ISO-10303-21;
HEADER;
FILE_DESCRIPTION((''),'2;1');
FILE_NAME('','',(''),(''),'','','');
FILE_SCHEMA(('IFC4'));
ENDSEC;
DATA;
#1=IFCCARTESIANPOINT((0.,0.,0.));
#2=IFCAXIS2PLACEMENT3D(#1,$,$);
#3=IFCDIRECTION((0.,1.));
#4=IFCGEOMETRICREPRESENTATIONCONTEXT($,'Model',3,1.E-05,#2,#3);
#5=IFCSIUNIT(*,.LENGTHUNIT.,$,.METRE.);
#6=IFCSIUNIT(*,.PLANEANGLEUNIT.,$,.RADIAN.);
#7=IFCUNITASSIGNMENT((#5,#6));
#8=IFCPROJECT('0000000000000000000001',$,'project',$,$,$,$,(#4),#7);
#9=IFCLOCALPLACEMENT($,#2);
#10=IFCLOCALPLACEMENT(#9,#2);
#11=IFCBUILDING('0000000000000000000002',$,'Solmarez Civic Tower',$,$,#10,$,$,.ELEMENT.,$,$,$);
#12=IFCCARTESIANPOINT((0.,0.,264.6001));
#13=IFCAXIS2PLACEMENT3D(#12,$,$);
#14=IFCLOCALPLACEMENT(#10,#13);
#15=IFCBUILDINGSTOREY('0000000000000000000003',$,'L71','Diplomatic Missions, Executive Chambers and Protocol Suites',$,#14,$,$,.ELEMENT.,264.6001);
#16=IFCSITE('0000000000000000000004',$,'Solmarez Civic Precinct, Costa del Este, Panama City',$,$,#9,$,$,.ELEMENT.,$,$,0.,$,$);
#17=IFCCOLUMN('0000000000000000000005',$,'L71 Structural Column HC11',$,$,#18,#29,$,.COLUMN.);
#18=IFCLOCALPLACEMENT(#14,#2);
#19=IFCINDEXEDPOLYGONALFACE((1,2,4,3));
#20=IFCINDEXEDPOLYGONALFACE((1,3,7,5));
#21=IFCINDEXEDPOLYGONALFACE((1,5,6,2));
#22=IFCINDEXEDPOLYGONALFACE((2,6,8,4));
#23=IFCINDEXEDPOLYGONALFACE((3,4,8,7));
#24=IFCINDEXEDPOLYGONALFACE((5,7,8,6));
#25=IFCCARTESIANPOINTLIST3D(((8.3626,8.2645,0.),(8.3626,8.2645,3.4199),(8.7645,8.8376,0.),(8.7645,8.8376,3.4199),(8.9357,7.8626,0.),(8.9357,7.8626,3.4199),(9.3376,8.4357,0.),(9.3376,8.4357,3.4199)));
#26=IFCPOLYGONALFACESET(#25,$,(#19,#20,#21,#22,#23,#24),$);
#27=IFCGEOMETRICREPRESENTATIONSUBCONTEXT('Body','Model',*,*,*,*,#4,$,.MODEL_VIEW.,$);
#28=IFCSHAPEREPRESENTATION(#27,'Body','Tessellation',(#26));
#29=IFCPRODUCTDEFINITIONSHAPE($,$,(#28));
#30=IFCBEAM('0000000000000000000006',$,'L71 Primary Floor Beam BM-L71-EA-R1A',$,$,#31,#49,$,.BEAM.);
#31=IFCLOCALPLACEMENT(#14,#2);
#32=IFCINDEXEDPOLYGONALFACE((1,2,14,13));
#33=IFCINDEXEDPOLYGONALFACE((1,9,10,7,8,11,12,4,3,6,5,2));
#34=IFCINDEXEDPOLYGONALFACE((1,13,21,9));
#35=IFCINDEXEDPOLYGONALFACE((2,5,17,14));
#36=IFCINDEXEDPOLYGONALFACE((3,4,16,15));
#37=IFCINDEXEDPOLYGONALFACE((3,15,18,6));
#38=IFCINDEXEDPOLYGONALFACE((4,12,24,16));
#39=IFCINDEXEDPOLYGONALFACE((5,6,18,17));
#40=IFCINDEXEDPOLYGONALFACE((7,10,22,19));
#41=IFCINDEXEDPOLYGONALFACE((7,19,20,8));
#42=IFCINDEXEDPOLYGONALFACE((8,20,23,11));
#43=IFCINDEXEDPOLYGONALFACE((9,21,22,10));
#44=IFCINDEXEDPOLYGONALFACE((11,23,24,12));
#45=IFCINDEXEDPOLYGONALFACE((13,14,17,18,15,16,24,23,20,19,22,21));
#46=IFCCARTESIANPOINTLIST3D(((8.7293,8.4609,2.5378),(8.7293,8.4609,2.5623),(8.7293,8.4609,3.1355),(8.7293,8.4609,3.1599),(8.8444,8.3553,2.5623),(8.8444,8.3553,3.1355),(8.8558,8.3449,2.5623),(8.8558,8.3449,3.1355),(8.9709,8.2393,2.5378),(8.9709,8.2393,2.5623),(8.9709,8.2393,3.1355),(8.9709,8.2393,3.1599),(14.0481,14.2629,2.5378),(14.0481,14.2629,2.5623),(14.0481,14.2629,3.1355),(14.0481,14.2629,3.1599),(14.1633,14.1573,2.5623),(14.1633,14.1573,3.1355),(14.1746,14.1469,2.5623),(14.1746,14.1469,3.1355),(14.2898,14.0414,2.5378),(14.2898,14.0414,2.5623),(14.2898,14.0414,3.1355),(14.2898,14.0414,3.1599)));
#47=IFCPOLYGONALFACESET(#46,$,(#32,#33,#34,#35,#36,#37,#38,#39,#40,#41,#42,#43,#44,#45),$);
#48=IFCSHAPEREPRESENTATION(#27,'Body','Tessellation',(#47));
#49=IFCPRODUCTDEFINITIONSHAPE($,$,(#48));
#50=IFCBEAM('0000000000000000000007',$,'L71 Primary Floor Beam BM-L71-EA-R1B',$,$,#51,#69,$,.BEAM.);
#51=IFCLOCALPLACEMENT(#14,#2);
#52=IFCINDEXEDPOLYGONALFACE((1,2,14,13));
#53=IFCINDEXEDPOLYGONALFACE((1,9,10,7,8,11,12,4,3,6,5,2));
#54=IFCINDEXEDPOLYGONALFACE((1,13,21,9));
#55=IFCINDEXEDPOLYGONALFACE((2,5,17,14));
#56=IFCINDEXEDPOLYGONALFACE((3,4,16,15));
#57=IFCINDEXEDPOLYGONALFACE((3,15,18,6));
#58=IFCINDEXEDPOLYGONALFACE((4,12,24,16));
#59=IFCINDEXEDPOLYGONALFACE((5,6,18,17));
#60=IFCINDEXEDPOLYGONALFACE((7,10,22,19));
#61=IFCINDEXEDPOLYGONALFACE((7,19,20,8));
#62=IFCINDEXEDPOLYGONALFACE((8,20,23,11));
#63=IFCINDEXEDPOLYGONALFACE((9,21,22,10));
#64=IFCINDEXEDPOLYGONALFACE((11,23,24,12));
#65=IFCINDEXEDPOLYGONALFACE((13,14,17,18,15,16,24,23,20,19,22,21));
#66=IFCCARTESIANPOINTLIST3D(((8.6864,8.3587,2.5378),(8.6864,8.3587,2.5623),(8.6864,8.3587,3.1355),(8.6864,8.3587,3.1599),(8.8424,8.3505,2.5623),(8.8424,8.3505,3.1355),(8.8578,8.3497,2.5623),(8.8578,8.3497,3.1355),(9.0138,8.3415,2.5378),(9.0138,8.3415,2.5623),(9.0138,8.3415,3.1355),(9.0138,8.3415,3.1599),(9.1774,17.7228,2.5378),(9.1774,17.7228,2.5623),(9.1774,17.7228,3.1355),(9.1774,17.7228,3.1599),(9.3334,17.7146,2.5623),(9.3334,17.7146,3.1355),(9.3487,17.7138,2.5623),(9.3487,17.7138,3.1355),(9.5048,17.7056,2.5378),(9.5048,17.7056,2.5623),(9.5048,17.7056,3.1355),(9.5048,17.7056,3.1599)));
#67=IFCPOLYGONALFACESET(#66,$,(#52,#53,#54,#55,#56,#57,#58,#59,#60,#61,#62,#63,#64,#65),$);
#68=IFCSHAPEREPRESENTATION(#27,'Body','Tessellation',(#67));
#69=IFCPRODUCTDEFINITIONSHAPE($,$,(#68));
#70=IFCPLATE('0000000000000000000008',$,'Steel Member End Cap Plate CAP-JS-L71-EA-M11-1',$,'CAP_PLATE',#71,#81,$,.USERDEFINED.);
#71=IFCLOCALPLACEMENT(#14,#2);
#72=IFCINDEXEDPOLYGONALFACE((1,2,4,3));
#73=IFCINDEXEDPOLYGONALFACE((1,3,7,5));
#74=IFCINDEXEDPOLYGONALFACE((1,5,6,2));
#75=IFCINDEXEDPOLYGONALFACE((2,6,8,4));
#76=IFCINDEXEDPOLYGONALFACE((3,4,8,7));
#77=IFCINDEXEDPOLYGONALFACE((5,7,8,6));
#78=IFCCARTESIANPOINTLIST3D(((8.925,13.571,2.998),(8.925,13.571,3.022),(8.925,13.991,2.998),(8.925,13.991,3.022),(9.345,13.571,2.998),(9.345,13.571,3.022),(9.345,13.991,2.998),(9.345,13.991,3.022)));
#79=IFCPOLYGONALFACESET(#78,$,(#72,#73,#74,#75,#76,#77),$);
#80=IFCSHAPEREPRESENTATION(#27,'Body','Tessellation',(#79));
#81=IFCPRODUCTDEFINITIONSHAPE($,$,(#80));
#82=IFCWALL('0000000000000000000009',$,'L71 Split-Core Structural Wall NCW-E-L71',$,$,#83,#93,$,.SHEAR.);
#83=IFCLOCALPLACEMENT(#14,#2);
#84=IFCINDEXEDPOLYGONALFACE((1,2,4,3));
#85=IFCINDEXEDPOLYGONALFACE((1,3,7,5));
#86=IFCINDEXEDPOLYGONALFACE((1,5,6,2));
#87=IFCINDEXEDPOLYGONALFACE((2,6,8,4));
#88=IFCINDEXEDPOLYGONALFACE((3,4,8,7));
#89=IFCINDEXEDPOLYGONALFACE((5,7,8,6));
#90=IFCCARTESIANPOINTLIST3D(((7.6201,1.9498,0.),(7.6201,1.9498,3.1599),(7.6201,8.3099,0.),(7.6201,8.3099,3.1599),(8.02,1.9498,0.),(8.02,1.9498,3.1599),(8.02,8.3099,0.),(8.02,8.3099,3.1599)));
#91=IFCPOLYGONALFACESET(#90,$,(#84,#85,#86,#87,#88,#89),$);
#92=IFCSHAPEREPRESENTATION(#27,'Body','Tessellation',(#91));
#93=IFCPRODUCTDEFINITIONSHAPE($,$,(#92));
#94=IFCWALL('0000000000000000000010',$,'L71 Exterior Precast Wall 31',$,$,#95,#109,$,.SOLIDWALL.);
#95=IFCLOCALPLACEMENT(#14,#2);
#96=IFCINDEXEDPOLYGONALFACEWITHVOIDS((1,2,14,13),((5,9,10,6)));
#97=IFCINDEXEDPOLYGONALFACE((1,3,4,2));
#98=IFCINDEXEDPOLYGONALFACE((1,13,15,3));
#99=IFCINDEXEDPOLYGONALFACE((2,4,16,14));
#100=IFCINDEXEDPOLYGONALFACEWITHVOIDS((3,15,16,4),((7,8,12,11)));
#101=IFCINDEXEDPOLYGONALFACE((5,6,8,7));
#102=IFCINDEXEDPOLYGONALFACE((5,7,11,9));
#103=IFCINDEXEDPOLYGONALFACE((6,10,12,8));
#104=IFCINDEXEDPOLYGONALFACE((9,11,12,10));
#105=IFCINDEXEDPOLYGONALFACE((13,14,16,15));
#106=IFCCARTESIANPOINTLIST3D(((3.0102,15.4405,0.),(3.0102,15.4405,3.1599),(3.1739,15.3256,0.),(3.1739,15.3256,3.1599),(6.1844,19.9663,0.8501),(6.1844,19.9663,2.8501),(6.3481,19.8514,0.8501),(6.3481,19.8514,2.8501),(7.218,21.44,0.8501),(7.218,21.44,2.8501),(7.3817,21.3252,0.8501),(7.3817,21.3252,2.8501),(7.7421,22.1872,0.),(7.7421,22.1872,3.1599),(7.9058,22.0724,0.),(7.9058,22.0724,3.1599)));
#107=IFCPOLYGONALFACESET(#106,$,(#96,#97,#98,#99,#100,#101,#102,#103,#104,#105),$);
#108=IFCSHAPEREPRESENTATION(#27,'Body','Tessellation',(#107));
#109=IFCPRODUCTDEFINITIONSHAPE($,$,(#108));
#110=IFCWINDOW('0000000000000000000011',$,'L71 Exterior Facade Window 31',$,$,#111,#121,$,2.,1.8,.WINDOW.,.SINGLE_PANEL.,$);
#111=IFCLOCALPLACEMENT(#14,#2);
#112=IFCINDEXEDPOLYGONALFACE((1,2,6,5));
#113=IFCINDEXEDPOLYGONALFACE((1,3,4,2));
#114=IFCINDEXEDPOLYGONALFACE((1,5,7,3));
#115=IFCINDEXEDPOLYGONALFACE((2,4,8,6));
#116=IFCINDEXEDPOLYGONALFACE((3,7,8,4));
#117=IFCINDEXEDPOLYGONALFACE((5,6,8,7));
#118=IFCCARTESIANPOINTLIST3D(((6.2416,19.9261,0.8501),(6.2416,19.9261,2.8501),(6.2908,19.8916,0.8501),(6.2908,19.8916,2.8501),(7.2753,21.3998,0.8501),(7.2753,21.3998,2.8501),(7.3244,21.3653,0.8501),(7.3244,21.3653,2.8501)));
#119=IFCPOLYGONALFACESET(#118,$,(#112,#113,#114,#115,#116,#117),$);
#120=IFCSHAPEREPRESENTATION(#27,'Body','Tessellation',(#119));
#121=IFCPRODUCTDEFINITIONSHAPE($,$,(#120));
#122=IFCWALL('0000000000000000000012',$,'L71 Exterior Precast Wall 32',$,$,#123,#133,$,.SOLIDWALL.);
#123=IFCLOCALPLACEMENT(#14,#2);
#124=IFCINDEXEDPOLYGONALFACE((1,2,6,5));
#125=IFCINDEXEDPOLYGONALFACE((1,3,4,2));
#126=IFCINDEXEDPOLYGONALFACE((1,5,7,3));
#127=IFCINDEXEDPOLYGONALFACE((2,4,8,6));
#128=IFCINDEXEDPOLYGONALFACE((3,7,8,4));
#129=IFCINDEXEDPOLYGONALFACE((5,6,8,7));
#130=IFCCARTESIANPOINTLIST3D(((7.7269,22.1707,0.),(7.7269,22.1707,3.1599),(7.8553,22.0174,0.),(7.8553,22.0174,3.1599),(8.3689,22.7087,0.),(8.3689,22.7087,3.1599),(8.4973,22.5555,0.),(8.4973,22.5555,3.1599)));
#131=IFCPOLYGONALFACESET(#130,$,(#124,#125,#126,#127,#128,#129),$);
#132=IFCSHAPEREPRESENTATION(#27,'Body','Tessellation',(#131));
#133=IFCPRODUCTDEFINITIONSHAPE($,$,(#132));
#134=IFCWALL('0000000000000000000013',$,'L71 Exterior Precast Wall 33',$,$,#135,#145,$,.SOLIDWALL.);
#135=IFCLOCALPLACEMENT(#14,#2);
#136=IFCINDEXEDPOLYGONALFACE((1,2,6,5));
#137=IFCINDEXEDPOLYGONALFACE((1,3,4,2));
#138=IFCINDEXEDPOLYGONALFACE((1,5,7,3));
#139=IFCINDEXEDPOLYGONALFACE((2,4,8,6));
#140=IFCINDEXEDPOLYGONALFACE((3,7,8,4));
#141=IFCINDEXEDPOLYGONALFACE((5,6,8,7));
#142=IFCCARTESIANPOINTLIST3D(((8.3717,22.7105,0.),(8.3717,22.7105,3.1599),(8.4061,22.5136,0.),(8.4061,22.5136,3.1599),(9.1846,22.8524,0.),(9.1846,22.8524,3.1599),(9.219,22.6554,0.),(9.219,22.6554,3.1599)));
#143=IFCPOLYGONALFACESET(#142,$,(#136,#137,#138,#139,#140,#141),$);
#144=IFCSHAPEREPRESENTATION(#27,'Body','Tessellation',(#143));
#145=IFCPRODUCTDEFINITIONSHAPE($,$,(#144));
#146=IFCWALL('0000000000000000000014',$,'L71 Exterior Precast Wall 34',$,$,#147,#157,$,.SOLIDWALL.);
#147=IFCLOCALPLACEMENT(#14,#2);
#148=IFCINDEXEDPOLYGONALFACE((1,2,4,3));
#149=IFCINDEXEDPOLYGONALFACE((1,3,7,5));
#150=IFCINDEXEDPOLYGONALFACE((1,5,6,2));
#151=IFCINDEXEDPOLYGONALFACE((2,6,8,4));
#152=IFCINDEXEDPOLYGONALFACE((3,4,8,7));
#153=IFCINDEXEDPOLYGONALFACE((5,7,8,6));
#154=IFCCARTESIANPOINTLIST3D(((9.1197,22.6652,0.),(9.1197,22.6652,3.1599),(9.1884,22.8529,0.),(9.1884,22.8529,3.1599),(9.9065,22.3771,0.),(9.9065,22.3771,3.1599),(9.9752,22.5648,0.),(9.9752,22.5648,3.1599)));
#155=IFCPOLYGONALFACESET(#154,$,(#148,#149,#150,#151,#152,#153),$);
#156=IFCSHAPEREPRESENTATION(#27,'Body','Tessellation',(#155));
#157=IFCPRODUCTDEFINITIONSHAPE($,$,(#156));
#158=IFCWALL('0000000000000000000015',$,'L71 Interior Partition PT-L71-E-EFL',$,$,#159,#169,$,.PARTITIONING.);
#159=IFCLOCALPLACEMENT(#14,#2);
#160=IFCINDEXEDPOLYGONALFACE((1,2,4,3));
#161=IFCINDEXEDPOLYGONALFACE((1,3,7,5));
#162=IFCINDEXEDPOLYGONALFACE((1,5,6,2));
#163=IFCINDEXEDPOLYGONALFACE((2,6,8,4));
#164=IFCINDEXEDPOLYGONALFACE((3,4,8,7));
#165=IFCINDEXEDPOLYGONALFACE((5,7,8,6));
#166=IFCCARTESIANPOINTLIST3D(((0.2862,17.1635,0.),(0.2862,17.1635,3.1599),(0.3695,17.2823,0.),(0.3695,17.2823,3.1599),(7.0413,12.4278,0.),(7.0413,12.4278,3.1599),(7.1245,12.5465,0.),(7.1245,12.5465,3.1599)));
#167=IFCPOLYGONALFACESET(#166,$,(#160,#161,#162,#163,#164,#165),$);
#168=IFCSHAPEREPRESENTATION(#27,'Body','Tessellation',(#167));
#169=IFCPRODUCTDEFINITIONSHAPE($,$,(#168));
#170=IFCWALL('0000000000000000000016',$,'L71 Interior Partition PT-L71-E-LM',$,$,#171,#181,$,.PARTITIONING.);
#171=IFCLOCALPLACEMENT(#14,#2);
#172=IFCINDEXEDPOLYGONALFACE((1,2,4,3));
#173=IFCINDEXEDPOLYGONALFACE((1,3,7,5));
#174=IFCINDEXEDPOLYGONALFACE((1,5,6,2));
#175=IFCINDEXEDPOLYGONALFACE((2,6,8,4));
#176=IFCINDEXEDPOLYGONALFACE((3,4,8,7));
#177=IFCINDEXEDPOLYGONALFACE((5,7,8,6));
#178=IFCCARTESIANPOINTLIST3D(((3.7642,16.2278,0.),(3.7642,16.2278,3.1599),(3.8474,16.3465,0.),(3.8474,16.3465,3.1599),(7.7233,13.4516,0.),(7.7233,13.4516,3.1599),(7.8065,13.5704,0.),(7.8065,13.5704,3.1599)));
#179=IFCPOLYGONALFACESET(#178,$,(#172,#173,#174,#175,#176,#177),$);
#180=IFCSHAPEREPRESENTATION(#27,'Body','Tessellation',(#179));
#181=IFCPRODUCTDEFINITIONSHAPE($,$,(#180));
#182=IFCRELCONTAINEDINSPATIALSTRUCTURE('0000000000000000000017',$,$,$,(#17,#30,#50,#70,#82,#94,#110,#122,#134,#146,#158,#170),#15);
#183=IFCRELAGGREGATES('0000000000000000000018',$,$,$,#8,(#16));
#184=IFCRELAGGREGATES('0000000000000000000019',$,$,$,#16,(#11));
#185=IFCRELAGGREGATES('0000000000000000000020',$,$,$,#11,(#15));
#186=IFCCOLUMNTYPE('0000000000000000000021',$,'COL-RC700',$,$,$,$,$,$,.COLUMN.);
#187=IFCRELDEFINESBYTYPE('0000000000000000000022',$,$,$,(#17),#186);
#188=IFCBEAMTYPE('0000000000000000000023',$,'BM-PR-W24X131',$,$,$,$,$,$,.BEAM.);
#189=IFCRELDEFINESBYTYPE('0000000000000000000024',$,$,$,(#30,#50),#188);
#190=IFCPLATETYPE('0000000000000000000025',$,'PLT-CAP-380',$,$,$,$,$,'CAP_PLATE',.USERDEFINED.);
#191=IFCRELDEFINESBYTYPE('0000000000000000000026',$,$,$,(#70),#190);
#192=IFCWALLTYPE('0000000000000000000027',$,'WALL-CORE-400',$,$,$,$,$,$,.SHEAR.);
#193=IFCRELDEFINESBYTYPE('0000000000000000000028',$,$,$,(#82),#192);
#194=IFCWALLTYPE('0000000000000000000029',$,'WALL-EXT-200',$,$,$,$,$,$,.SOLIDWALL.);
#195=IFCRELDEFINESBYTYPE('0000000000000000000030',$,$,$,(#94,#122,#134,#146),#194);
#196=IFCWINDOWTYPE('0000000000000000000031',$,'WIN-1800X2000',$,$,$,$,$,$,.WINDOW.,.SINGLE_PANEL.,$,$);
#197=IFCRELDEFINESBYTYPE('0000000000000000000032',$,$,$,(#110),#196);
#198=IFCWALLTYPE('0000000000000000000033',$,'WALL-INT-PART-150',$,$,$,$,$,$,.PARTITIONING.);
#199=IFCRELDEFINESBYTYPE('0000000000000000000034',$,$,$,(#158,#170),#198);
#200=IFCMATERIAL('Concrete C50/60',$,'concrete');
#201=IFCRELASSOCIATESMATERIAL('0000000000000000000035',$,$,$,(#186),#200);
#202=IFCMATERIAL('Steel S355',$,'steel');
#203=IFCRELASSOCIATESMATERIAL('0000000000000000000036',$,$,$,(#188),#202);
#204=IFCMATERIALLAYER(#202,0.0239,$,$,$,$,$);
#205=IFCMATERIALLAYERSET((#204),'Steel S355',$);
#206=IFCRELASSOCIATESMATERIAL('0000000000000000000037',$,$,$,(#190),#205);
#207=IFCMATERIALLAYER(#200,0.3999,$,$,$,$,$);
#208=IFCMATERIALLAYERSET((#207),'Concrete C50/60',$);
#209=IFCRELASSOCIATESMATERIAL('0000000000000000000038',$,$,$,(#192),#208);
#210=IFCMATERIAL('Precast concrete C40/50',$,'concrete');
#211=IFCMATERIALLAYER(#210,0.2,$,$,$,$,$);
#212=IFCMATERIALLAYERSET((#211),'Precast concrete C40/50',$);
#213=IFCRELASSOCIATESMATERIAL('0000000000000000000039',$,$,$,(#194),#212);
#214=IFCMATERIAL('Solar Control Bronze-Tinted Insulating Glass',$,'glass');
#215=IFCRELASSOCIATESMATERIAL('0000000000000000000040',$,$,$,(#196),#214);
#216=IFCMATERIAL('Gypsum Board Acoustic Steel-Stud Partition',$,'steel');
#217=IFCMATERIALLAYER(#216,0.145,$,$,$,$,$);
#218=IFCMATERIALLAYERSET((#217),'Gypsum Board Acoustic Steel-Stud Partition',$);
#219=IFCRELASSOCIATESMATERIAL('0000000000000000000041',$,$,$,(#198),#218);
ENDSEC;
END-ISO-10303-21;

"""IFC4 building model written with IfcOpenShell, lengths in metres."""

from ifc_helpers import new_model, si_unit, direction, frame, frame_2d, origin, origin_2d, place, context, subcontext, project, spatial, rectangle, i_section, extrude, material, layer, layer_set, material_profile, profile_set, type_object, element, fill, save


model = new_model("IFC4")

# Units and contexts
model_context = context("Model", 3, precision=1e-05, world=origin(), true_north=direction((0.0, 1.0)))
body_context = subcontext(model_context, "Body", "Model", "MODEL_VIEW")
ifc_project = project(units=[si_unit("LENGTHUNIT", "METRE"), si_unit("PLANEANGLEUNIT", "RADIAN")], contexts=[model_context])

# Site, building, storey
site_placement = place(None, origin())
site = spatial("IfcSite", under=ifc_project, at=site_placement, Name="Solmarez Civic Precinct, Costa del Este, Panama City", CompositionType="ELEMENT", RefElevation=0.0)
building_placement = place(site_placement, origin())
building = spatial("IfcBuilding", under=site, at=building_placement, Name="Solmarez Civic Tower", CompositionType="ELEMENT")
storey_placement = place(building_placement, frame((0.0, 0.0, 264.6001)))
storey = spatial("IfcBuildingStorey", under=building, at=storey_placement, Name="L71", Description="Diplomatic Missions, Executive Chambers and Protocol Suites", CompositionType="ELEMENT", Elevation=264.6001)

# Column
ifc_material_1 = material(Name="Concrete C50/60", Category="concrete")
ifc_material_profile_1 = material_profile(ifc_material_1, rectangle(XDim=0.7, YDim=0.7, at=origin_2d()), Name="RC700X700")
ifc_profile_set_1 = profile_set([ifc_material_profile_1], Name="Concrete C50/60")
column_type = type_object("IfcColumnType", Name="COL-RC700", PredefinedType="COLUMN", material=ifc_profile_set_1)
column_placement = place(storey_placement, frame((8.8501, 8.3501, 0.0), z_axis=(0.0, 0.0, 1.0), x_axis=(0.574148, 0.818751, 0.0)))
element("IfcColumn", 1, at=column_placement, inside=storey, type_object=column_type, Name="L71 Structural Column HC11", PredefinedType="COLUMN", context=body_context, shape_type="SweptSolid", body=[
    extrude(rectangle(XDim=0.7, YDim=0.7, at=origin_2d()), origin(), (0.0, 0.0, 1.0), 3.4199),
])

# Beams
ifc_material_2 = material(Name="Steel S355", Category="steel")
ifc_material_profile_2 = material_profile(ifc_material_2, i_section(OverallWidth=0.3279, OverallDepth=0.6221, WebThickness=0.0154, FlangeThickness=0.0244, at=origin_2d()), Name="W24X131")
ifc_profile_set_2 = profile_set([ifc_material_profile_2], Name="Steel S355")
beam_type = type_object("IfcBeamType", Name="BM-PR-W24X131", PredefinedType="BEAM", material=ifc_profile_set_2)
beam_1_placement = place(storey_placement, frame((8.8501, 8.3501, 2.8489), z_axis=(0.675749, 0.737132, 0.0), x_axis=(-0.737132, 0.675749, 0.0)))
element("IfcBeam", 2, at=beam_1_placement, inside=storey, type_object=beam_type, Name="L71 Primary Floor Beam BM-L71-EA-R1A", PredefinedType="BEAM", context=body_context, shape_type="SweptSolid", body=[
    extrude(i_section(OverallWidth=0.3279, OverallDepth=0.6221, WebThickness=0.0154, FlangeThickness=0.0244, at=origin_2d()), origin(), (0.0, 0.0, 1.0), 7.8711),
])
beam_2_placement = place(storey_placement, frame((8.8501, 8.3501, 2.8489), z_axis=(0.052359, 0.998628, 0.0), x_axis=(-0.998628, 0.052359, 0.0)))
element("IfcBeam", 3, at=beam_2_placement, inside=storey, type_object=beam_type, Name="L71 Primary Floor Beam BM-L71-EA-R1B", PredefinedType="BEAM", context=body_context, shape_type="SweptSolid", body=[
    extrude(i_section(OverallWidth=0.3279, OverallDepth=0.6221, WebThickness=0.0154, FlangeThickness=0.0244, at=origin_2d()), origin(), (0.0, 0.0, 1.0), 9.377),
])

# Plate
ifc_layer_1 = layer(ifc_material_2, 0.0239)
ifc_layer_set_1 = layer_set([ifc_layer_1], Name="Steel S355")
plate_type = type_object("IfcPlateType", Name="PLT-CAP-380", ElementType="CAP_PLATE", PredefinedType="USERDEFINED", material=ifc_layer_set_1)
plate_placement = place(storey_placement, frame((9.135, 13.781, 2.998), z_axis=(0.0, 0.0, 1.0), x_axis=(1.0, 0.0, 0.0)))
element("IfcPlate", 4, at=plate_placement, inside=storey, type_object=plate_type, Name="Steel Member End Cap Plate CAP-JS-L71-EA-M11-1", ObjectType="CAP_PLATE", PredefinedType="USERDEFINED", context=body_context, shape_type="SweptSolid", body=[
    extrude(rectangle(XDim=0.4199, YDim=0.4199, at=origin_2d()), origin(), (0.0, 0.0, 1.0), 0.0239),
])

# Wall
ifc_layer_2 = layer(ifc_material_1, 0.3999)
ifc_layer_set_2 = layer_set([ifc_layer_2], Name="Concrete C50/60")
wall_type_1 = type_object("IfcWallType", Name="WALL-CORE-400", PredefinedType="SHEAR", material=ifc_layer_set_2)
wall_1_placement = place(storey_placement, frame((7.8201, 8.3101, 0.0), z_axis=(0.0, 0.0, 1.0), x_axis=(0.0, -1.0, 0.0)))
element("IfcWall", 5, at=wall_1_placement, inside=storey, type_object=wall_type_1, Name="L71 Split-Core Structural Wall NCW-E-L71", PredefinedType="SHEAR", context=body_context, shape_type="SweptSolid", body=[
    extrude(rectangle(XDim=6.3601, YDim=0.3999, at=frame_2d((3.1802, 0.0))), origin(), (0.0, 0.0, 1.0), 3.1599),
])

# Wall, opening, window
ifc_material_3 = material(Name="Precast concrete C40/50", Category="concrete")
ifc_layer_3 = layer(ifc_material_3, 0.2)
ifc_layer_set_3 = layer_set([ifc_layer_3], Name="Precast concrete C40/50")
wall_type_2 = type_object("IfcWallType", Name="WALL-EXT-200", PredefinedType="SOLIDWALL", material=ifc_layer_set_3)
wall_2_placement = place(storey_placement, frame((3.092, 15.3831, 0.0), z_axis=(0.0, 0.0, 1.0), x_axis=(0.574208, 0.81871, 0.0)))
wall_2 = element("IfcWall", 6, at=wall_2_placement, inside=storey, type_object=wall_type_2, Name="L71 Exterior Precast Wall 31", PredefinedType="SOLIDWALL", context=body_context, shape_type="SweptSolid", body=[
    extrude(rectangle(XDim=8.2407, YDim=0.2, at=frame_2d((4.1204, 0.0))), origin(), (0.0, 0.0, 1.0), 3.1599),
])
opening_1_placement = place(wall_2_placement, frame((5.5281, 0.0, 0.8501)))
opening_1 = element("IfcOpeningElement", 7, at=opening_1_placement, cuts=wall_2, PredefinedType="OPENING", context=body_context, shape_type="SweptSolid", body=[
    extrude(rectangle(XDim=1.8, YDim=2.0, at=frame_2d((0.8999, 1.0))), frame((0.0, 0.1099, 0.0), z_axis=(0.0, -1.0, 0.0), x_axis=(1.0, 0.0, 0.0)), (0.0, 0.0, 1.0), 0.22),
])
ifc_material_4 = material(Name="Solar Control Bronze-Tinted Insulating Glass", Category="glass")
window_type = type_object("IfcWindowType", Name="WIN-1800X2000", PartitioningType="SINGLE_PANEL", PredefinedType="WINDOW", material=ifc_material_4)
window_placement = place(opening_1_placement, origin())
window = element("IfcWindow", 8, at=window_placement, inside=storey, type_object=window_type, Name="L71 Exterior Facade Window 31", OverallHeight=2.0, OverallWidth=1.8, PartitioningType="SINGLE_PANEL", PredefinedType="WINDOW", context=body_context, shape_type="SweptSolid", body=[
    extrude(rectangle(XDim=1.8, YDim=2.0, at=frame_2d((0.8999, 1.0))), frame((0.0, 0.03, 0.0), z_axis=(0.0, -1.0, 0.0), x_axis=(1.0, 0.0, 0.0)), (0.0, 0.0, 1.0), 0.0601),
])
fill(opening_1, window)

# Walls
wall_3_placement = place(storey_placement, frame((7.791, 22.094, 0.0), z_axis=(0.0, 0.0, 1.0), x_axis=(0.766451, 0.642303, 0.0)))
element("IfcWall", 9, at=wall_3_placement, inside=storey, type_object=wall_type_2, Name="L71 Exterior Precast Wall 32", PredefinedType="SOLIDWALL", context=body_context, shape_type="SweptSolid", body=[
    extrude(rectangle(XDim=0.8376, YDim=0.2, at=frame_2d((0.4189, 0.0))), origin(), (0.0, 0.0, 1.0), 3.1599),
])
wall_4_placement = place(storey_placement, frame((8.3889, 22.6121, 0.0), z_axis=(0.0, 0.0, 1.0), x_axis=(0.985118, 0.171878, 0.0)))
element("IfcWall", 10, at=wall_4_placement, inside=storey, type_object=wall_type_2, Name="L71 Exterior Precast Wall 33", PredefinedType="SOLIDWALL", context=body_context, shape_type="SweptSolid", body=[
    extrude(rectangle(XDim=0.8252, YDim=0.2, at=frame_2d((0.4126, 0.0))), origin(), (0.0, 0.0, 1.0), 3.1599),
])
wall_5_placement = place(storey_placement, frame((9.1541, 22.759, 0.0), z_axis=(0.0, 0.0, 1.0), x_axis=(0.939043, -0.343801, 0.0)))
element("IfcWall", 11, at=wall_5_placement, inside=storey, type_object=wall_type_2, Name="L71 Exterior Precast Wall 34", PredefinedType="SOLIDWALL", context=body_context, shape_type="SweptSolid", body=[
    extrude(rectangle(XDim=0.8379, YDim=0.2, at=frame_2d((0.4189, 0.0))), origin(), (0.0, 0.0, 1.0), 3.1599),
])
ifc_material_5 = material(Name="Gypsum Board Acoustic Steel-Stud Partition", Category="steel")
ifc_layer_4 = layer(ifc_material_5, 0.145)
ifc_layer_set_4 = layer_set([ifc_layer_4], Name="Gypsum Board Acoustic Steel-Stud Partition")
wall_type_3 = type_object("IfcWallType", Name="WALL-INT-PART-150", PredefinedType="PARTITIONING", material=ifc_layer_set_4)
wall_6_placement = place(storey_placement, frame((7.083, 12.4871, 0.0), z_axis=(0.0, 0.0, 1.0), x_axis=(-0.818819, 0.574052, 0.0)))
element("IfcWall", 12, at=wall_6_placement, inside=storey, type_object=wall_type_3, Name="L71 Interior Partition PT-L71-E-EFL", PredefinedType="PARTITIONING", context=body_context, shape_type="SweptSolid", body=[
    extrude(rectangle(XDim=8.2498, YDim=0.145, at=frame_2d((4.125, 0.0))), origin(), (0.0, 0.0, 1.0), 3.1599),
])
wall_7_placement = place(storey_placement, frame((7.7649, 13.511, 0.0), z_axis=(0.0, 0.0, 1.0), x_axis=(-0.818762, 0.574133, 0.0)))
element("IfcWall", 13, at=wall_7_placement, inside=storey, type_object=wall_type_3, Name="L71 Interior Partition PT-L71-E-LM", PredefinedType="PARTITIONING", context=body_context, shape_type="SweptSolid", body=[
    extrude(rectangle(XDim=4.8354, YDim=0.145, at=frame_2d((2.4177, 0.0))), origin(), (0.0, 0.0, 1.0), 3.1599),
])

save(model, "model.ifc")
